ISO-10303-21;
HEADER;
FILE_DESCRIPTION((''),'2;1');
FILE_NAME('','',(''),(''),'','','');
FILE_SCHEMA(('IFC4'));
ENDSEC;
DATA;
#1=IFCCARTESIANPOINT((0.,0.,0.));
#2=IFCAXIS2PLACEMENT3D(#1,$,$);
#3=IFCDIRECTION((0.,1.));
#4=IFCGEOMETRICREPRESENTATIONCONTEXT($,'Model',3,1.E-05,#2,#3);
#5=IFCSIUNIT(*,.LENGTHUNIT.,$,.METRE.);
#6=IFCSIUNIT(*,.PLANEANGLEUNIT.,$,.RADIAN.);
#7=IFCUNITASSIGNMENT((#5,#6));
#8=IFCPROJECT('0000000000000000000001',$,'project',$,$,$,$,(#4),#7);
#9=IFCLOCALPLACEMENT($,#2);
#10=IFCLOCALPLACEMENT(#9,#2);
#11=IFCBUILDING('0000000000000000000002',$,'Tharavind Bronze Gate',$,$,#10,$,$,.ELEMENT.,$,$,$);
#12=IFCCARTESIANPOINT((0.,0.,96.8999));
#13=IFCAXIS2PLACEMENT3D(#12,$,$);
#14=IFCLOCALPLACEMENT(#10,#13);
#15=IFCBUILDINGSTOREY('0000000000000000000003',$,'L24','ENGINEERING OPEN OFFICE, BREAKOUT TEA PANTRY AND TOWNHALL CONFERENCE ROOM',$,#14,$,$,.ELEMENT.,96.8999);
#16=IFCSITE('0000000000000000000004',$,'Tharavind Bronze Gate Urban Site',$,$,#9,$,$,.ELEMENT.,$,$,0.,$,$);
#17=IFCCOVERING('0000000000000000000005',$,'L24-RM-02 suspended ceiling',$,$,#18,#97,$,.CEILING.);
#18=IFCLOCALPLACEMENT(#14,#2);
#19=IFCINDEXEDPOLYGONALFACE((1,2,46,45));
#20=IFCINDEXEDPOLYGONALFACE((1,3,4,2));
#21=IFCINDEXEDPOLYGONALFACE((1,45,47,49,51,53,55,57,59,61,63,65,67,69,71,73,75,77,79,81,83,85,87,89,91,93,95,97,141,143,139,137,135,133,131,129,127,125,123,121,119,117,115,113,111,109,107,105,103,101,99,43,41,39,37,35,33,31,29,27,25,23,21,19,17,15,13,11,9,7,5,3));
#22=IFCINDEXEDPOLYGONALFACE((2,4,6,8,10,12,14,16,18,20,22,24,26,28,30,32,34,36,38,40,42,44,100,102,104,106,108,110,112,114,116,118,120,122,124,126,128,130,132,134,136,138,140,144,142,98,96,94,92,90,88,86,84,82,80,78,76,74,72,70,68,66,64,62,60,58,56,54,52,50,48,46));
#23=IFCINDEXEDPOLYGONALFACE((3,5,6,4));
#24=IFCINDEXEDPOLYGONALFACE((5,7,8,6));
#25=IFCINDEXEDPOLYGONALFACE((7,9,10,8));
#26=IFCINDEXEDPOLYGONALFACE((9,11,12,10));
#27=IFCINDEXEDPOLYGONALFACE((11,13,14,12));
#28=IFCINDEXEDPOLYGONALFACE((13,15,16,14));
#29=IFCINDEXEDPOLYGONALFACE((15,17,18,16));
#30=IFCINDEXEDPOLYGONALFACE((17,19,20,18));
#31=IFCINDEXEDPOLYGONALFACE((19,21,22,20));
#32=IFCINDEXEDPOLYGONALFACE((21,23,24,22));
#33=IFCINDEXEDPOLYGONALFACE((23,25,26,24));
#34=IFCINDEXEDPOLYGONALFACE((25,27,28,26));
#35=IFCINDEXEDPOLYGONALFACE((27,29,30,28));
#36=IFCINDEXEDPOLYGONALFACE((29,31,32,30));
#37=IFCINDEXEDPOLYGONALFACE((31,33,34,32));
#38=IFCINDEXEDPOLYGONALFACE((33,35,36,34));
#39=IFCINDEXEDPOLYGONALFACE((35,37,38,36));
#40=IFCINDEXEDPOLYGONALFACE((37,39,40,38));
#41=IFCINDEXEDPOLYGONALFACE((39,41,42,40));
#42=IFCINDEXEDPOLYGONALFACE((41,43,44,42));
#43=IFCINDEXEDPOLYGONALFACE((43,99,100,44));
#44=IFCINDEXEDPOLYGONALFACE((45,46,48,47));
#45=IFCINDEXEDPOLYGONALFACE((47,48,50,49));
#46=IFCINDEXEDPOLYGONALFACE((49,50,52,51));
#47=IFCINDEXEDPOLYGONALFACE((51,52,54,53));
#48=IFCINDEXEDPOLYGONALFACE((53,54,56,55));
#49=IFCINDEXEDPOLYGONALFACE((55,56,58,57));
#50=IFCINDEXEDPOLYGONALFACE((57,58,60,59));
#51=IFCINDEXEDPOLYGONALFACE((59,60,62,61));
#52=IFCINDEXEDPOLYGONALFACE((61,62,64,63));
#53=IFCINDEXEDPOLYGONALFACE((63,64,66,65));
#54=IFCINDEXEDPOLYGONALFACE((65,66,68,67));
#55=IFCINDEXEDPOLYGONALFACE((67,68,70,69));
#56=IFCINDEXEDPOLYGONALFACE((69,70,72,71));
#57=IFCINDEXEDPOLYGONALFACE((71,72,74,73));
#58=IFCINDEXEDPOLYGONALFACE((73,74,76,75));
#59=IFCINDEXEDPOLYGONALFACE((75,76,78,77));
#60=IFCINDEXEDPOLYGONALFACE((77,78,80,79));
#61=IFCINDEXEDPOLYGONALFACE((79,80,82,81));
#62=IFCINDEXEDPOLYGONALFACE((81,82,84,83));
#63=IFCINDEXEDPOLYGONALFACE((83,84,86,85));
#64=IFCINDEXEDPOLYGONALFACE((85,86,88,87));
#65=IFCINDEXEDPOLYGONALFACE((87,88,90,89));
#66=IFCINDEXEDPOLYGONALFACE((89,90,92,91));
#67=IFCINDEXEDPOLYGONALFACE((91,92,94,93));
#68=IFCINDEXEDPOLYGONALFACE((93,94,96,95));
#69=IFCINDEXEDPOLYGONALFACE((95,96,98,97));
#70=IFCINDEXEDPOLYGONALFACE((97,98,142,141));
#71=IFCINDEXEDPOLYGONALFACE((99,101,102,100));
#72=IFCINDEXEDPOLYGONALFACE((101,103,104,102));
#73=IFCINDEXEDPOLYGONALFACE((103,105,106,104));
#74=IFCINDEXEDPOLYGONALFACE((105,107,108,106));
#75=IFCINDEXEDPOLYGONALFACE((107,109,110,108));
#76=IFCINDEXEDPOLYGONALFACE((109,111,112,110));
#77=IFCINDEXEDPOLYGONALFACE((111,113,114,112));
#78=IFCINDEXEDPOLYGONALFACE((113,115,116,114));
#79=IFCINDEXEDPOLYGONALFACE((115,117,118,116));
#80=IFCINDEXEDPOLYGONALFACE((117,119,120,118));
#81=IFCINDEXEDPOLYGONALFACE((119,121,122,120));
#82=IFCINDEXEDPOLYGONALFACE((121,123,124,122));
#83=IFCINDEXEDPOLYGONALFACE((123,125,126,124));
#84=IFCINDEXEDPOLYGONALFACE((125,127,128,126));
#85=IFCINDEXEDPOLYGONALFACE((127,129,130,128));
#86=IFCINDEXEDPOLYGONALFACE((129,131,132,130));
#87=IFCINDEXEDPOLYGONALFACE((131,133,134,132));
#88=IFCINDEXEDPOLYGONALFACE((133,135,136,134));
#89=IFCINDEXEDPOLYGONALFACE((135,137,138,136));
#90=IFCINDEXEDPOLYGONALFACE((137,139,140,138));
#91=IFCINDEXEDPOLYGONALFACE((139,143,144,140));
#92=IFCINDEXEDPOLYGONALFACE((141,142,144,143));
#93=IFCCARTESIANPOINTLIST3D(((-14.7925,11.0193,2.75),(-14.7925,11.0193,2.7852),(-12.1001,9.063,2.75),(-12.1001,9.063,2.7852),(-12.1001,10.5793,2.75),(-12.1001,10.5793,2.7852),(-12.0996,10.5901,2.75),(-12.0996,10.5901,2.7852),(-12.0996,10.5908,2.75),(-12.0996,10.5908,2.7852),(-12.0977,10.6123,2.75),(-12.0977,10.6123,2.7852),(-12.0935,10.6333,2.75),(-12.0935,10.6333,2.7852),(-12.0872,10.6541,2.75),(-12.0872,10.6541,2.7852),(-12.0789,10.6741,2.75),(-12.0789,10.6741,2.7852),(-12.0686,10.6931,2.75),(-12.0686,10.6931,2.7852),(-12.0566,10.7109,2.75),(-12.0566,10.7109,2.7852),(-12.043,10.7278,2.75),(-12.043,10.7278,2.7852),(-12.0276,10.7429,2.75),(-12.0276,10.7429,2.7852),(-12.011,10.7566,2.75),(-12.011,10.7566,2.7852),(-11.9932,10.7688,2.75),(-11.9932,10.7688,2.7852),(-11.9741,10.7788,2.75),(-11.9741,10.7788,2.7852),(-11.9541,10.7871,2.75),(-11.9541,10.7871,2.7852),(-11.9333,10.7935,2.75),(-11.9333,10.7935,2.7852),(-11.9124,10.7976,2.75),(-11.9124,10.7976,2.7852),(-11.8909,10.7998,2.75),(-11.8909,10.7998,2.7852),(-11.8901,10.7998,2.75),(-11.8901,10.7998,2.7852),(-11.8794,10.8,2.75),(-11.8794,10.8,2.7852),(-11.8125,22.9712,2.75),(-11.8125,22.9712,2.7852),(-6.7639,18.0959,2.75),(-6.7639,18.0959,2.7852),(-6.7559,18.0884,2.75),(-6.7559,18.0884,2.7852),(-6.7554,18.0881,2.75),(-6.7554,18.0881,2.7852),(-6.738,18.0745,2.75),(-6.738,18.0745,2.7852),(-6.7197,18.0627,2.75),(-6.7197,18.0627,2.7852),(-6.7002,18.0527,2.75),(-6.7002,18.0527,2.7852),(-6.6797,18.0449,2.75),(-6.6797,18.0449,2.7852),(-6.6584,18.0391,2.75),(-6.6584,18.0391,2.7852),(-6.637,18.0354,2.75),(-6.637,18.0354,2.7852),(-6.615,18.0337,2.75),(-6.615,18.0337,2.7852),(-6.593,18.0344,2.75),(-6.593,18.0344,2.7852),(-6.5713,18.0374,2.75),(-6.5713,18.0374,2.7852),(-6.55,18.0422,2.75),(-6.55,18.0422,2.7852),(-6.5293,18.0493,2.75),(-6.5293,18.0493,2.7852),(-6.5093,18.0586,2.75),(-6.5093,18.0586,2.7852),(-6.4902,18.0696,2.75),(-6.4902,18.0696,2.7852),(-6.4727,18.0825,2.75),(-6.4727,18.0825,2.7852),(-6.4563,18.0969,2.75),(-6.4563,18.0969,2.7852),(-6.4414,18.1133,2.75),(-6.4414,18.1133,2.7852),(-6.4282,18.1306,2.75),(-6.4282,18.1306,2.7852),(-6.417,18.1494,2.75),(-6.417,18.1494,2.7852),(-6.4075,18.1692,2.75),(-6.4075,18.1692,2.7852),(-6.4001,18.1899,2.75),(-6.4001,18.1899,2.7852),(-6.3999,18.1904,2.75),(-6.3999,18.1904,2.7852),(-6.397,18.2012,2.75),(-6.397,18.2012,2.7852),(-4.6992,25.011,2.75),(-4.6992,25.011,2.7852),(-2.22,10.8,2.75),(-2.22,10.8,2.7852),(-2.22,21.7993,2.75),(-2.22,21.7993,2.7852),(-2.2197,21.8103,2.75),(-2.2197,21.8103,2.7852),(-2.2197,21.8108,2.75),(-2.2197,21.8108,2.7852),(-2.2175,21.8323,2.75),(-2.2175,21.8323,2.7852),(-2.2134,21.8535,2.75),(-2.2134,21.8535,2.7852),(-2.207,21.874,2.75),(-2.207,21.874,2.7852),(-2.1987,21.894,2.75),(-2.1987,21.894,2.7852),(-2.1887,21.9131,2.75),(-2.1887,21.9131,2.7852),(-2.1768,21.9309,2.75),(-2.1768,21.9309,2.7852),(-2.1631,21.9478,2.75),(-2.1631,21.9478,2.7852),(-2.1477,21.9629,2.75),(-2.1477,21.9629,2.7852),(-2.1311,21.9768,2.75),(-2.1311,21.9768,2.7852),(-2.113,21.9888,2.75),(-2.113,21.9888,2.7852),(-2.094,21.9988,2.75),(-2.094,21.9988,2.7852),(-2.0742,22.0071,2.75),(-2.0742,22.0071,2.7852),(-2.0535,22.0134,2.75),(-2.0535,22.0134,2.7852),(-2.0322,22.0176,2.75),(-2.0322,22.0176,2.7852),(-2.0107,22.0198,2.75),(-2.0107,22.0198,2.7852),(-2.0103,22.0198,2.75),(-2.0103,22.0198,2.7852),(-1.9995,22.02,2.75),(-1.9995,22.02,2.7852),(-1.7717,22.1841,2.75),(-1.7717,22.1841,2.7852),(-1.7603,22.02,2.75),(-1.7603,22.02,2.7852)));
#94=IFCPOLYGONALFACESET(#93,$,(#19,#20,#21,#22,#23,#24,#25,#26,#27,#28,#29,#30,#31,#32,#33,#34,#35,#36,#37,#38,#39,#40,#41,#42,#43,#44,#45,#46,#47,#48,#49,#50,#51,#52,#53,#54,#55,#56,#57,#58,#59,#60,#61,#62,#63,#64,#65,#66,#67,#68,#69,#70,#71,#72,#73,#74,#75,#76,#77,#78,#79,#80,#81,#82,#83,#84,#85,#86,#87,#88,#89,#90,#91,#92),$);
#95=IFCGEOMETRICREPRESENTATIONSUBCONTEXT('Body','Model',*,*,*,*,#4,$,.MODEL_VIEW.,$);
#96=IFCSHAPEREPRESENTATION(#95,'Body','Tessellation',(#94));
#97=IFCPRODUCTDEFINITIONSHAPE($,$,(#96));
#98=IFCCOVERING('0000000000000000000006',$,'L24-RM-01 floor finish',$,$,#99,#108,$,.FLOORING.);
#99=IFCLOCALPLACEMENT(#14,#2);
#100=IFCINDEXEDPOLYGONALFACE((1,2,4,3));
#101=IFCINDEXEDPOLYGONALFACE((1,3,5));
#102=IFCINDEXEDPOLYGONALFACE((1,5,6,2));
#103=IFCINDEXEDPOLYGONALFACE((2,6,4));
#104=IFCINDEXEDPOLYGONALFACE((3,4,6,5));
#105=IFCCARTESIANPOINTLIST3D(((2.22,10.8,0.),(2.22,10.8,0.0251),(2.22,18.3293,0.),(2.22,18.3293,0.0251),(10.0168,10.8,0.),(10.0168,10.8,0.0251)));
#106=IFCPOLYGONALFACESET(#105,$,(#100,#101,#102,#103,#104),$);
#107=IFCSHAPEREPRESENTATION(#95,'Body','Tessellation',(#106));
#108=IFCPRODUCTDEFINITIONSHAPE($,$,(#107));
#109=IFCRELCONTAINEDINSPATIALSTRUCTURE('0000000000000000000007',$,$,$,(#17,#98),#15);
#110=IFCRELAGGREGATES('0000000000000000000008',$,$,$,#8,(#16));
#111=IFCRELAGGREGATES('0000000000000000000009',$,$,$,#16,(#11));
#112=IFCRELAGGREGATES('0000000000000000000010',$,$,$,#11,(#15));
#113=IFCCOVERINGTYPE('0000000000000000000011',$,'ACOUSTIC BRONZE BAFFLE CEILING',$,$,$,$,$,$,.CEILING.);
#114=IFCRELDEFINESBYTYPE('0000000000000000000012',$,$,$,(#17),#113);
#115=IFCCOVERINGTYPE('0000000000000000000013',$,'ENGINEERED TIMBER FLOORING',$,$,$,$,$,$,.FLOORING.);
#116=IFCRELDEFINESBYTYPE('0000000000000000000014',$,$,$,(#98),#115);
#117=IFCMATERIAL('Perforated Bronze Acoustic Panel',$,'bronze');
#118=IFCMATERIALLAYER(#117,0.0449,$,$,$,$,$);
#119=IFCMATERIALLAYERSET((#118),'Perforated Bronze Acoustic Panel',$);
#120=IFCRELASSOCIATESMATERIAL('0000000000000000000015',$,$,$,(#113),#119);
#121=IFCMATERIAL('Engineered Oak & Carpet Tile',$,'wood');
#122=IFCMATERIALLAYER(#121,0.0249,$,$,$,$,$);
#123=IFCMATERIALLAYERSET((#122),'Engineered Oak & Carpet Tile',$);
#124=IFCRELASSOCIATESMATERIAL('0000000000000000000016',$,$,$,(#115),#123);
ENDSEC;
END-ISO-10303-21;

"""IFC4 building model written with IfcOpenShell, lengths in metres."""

from ifc_helpers import new_model, si_unit, direction, frame, origin, place, context, subcontext, project, spatial, polyline, outline, extrude, material, layer, layer_set, type_object, element, save


model = new_model("IFC4")

# Units and contexts
model_context = context("Model", 3, precision=1e-05, world=origin(), true_north=direction((0.0, 1.0)))
body_context = subcontext(model_context, "Body", "Model", "MODEL_VIEW")
ifc_project = project(units=[si_unit("LENGTHUNIT", "METRE"), si_unit("PLANEANGLEUNIT", "RADIAN")], contexts=[model_context])

# Site, building, storey
site_placement = place(None, origin())
site = spatial("IfcSite", under=ifc_project, at=site_placement, Name="Tharavind Bronze Gate Urban Site", CompositionType="ELEMENT", RefElevation=0.0)
building_placement = place(site_placement, origin())
building = spatial("IfcBuilding", under=site, at=building_placement, Name="Tharavind Bronze Gate", CompositionType="ELEMENT")
storey_placement = place(building_placement, frame((0.0, 0.0, 96.8999)))
storey = spatial("IfcBuildingStorey", under=building, at=storey_placement, Name="L24", Description="ENGINEERING OPEN OFFICE, BREAKOUT TEA PANTRY AND TOWNHALL CONFERENCE ROOM", CompositionType="ELEMENT", Elevation=96.8999)

# Coverings
ifc_material_1 = material(Name="Perforated Bronze Acoustic Panel", Category="bronze")
ifc_layer_1 = layer(ifc_material_1, 0.0449)
ifc_layer_set_1 = layer_set([ifc_layer_1], Name="Perforated Bronze Acoustic Panel")
covering_type_1 = type_object("IfcCoveringType", Name="ACOUSTIC BRONZE BAFFLE CEILING", PredefinedType="CEILING", material=ifc_layer_set_1)
covering_1_placement = place(storey_placement, frame((0.0, 0.0, 2.75)))
element("IfcCovering", 1, at=covering_1_placement, inside=storey, type_object=covering_type_1, Name="L24-RM-02 suspended ceiling", PredefinedType="CEILING", context=body_context, shape_type="SweptSolid", body=[
    extrude(outline(polyline([(-12.1001, 9.063), (-12.1001, 10.5793), (-12.0996, 10.5901), (-12.0996, 10.5908), (-12.0977, 10.6123), (-12.0935, 10.6333), (-12.0872, 10.6541), (-12.0789, 10.6741), (-12.0686, 10.6931), (-12.0566, 10.7109), (-12.043, 10.7278), (-12.0276, 10.7429), (-12.011, 10.7566), (-11.9932, 10.7688), (-11.9741, 10.7788), (-11.9541, 10.7871), (-11.9333, 10.7935), (-11.9124, 10.7976), (-11.8909, 10.7998), (-11.8901, 10.7998), (-11.8794, 10.8), (-2.22, 10.8), (-2.22, 21.7993), (-2.2197, 21.8103), (-2.2197, 21.8108), (-2.2175, 21.8323), (-2.2134, 21.8535), (-2.207, 21.874), (-2.1987, 21.894), (-2.1887, 21.9131), (-2.1768, 21.9309), (-2.1631, 21.9478), (-2.1477, 21.9629), (-2.1311, 21.9768), (-2.113, 21.9888), (-2.094, 21.9988), (-2.0742, 22.0071), (-2.0535, 22.0134), (-2.0322, 22.0176), (-2.0107, 22.0198), (-2.0103, 22.0198), (-1.9995, 22.02), (-1.7603, 22.02), (-1.7717, 22.1841), (-4.6992, 25.011), (-6.397, 18.2012), (-6.3999, 18.1904), (-6.4001, 18.1899), (-6.4075, 18.1692), (-6.417, 18.1494), (-6.4282, 18.1306), (-6.4414, 18.1133), (-6.4563, 18.0969), (-6.4727, 18.0825), (-6.4902, 18.0696), (-6.5093, 18.0586), (-6.5293, 18.0493), (-6.55, 18.0422), (-6.5713, 18.0374), (-6.593, 18.0344), (-6.615, 18.0337), (-6.637, 18.0354), (-6.6584, 18.0391), (-6.6797, 18.0449), (-6.7002, 18.0527), (-6.7197, 18.0627), (-6.738, 18.0745), (-6.7554, 18.0881), (-6.7559, 18.0884), (-6.7639, 18.0959), (-11.8125, 22.9712), (-14.7925, 11.0193), (-12.1001, 9.063)])), origin(), (0.0, 0.0, 1.0), 0.0352),
])
ifc_material_2 = material(Name="Engineered Oak & Carpet Tile", Category="wood")
ifc_layer_2 = layer(ifc_material_2, 0.0249)
ifc_layer_set_2 = layer_set([ifc_layer_2], Name="Engineered Oak & Carpet Tile")
covering_type_2 = type_object("IfcCoveringType", Name="ENGINEERED TIMBER FLOORING", PredefinedType="FLOORING", material=ifc_layer_set_2)
covering_2_placement = place(storey_placement, origin())
element("IfcCovering", 2, at=covering_2_placement, inside=storey, type_object=covering_type_2, Name="L24-RM-01 floor finish", PredefinedType="FLOORING", context=body_context, shape_type="SweptSolid", body=[
    extrude(outline(polyline([(2.22, 10.8), (10.0168, 10.8), (2.22, 18.3293), (2.22, 10.8)])), origin(), (0.0, 0.0, 1.0), 0.0251),
])

save(model, "model.ifc")
